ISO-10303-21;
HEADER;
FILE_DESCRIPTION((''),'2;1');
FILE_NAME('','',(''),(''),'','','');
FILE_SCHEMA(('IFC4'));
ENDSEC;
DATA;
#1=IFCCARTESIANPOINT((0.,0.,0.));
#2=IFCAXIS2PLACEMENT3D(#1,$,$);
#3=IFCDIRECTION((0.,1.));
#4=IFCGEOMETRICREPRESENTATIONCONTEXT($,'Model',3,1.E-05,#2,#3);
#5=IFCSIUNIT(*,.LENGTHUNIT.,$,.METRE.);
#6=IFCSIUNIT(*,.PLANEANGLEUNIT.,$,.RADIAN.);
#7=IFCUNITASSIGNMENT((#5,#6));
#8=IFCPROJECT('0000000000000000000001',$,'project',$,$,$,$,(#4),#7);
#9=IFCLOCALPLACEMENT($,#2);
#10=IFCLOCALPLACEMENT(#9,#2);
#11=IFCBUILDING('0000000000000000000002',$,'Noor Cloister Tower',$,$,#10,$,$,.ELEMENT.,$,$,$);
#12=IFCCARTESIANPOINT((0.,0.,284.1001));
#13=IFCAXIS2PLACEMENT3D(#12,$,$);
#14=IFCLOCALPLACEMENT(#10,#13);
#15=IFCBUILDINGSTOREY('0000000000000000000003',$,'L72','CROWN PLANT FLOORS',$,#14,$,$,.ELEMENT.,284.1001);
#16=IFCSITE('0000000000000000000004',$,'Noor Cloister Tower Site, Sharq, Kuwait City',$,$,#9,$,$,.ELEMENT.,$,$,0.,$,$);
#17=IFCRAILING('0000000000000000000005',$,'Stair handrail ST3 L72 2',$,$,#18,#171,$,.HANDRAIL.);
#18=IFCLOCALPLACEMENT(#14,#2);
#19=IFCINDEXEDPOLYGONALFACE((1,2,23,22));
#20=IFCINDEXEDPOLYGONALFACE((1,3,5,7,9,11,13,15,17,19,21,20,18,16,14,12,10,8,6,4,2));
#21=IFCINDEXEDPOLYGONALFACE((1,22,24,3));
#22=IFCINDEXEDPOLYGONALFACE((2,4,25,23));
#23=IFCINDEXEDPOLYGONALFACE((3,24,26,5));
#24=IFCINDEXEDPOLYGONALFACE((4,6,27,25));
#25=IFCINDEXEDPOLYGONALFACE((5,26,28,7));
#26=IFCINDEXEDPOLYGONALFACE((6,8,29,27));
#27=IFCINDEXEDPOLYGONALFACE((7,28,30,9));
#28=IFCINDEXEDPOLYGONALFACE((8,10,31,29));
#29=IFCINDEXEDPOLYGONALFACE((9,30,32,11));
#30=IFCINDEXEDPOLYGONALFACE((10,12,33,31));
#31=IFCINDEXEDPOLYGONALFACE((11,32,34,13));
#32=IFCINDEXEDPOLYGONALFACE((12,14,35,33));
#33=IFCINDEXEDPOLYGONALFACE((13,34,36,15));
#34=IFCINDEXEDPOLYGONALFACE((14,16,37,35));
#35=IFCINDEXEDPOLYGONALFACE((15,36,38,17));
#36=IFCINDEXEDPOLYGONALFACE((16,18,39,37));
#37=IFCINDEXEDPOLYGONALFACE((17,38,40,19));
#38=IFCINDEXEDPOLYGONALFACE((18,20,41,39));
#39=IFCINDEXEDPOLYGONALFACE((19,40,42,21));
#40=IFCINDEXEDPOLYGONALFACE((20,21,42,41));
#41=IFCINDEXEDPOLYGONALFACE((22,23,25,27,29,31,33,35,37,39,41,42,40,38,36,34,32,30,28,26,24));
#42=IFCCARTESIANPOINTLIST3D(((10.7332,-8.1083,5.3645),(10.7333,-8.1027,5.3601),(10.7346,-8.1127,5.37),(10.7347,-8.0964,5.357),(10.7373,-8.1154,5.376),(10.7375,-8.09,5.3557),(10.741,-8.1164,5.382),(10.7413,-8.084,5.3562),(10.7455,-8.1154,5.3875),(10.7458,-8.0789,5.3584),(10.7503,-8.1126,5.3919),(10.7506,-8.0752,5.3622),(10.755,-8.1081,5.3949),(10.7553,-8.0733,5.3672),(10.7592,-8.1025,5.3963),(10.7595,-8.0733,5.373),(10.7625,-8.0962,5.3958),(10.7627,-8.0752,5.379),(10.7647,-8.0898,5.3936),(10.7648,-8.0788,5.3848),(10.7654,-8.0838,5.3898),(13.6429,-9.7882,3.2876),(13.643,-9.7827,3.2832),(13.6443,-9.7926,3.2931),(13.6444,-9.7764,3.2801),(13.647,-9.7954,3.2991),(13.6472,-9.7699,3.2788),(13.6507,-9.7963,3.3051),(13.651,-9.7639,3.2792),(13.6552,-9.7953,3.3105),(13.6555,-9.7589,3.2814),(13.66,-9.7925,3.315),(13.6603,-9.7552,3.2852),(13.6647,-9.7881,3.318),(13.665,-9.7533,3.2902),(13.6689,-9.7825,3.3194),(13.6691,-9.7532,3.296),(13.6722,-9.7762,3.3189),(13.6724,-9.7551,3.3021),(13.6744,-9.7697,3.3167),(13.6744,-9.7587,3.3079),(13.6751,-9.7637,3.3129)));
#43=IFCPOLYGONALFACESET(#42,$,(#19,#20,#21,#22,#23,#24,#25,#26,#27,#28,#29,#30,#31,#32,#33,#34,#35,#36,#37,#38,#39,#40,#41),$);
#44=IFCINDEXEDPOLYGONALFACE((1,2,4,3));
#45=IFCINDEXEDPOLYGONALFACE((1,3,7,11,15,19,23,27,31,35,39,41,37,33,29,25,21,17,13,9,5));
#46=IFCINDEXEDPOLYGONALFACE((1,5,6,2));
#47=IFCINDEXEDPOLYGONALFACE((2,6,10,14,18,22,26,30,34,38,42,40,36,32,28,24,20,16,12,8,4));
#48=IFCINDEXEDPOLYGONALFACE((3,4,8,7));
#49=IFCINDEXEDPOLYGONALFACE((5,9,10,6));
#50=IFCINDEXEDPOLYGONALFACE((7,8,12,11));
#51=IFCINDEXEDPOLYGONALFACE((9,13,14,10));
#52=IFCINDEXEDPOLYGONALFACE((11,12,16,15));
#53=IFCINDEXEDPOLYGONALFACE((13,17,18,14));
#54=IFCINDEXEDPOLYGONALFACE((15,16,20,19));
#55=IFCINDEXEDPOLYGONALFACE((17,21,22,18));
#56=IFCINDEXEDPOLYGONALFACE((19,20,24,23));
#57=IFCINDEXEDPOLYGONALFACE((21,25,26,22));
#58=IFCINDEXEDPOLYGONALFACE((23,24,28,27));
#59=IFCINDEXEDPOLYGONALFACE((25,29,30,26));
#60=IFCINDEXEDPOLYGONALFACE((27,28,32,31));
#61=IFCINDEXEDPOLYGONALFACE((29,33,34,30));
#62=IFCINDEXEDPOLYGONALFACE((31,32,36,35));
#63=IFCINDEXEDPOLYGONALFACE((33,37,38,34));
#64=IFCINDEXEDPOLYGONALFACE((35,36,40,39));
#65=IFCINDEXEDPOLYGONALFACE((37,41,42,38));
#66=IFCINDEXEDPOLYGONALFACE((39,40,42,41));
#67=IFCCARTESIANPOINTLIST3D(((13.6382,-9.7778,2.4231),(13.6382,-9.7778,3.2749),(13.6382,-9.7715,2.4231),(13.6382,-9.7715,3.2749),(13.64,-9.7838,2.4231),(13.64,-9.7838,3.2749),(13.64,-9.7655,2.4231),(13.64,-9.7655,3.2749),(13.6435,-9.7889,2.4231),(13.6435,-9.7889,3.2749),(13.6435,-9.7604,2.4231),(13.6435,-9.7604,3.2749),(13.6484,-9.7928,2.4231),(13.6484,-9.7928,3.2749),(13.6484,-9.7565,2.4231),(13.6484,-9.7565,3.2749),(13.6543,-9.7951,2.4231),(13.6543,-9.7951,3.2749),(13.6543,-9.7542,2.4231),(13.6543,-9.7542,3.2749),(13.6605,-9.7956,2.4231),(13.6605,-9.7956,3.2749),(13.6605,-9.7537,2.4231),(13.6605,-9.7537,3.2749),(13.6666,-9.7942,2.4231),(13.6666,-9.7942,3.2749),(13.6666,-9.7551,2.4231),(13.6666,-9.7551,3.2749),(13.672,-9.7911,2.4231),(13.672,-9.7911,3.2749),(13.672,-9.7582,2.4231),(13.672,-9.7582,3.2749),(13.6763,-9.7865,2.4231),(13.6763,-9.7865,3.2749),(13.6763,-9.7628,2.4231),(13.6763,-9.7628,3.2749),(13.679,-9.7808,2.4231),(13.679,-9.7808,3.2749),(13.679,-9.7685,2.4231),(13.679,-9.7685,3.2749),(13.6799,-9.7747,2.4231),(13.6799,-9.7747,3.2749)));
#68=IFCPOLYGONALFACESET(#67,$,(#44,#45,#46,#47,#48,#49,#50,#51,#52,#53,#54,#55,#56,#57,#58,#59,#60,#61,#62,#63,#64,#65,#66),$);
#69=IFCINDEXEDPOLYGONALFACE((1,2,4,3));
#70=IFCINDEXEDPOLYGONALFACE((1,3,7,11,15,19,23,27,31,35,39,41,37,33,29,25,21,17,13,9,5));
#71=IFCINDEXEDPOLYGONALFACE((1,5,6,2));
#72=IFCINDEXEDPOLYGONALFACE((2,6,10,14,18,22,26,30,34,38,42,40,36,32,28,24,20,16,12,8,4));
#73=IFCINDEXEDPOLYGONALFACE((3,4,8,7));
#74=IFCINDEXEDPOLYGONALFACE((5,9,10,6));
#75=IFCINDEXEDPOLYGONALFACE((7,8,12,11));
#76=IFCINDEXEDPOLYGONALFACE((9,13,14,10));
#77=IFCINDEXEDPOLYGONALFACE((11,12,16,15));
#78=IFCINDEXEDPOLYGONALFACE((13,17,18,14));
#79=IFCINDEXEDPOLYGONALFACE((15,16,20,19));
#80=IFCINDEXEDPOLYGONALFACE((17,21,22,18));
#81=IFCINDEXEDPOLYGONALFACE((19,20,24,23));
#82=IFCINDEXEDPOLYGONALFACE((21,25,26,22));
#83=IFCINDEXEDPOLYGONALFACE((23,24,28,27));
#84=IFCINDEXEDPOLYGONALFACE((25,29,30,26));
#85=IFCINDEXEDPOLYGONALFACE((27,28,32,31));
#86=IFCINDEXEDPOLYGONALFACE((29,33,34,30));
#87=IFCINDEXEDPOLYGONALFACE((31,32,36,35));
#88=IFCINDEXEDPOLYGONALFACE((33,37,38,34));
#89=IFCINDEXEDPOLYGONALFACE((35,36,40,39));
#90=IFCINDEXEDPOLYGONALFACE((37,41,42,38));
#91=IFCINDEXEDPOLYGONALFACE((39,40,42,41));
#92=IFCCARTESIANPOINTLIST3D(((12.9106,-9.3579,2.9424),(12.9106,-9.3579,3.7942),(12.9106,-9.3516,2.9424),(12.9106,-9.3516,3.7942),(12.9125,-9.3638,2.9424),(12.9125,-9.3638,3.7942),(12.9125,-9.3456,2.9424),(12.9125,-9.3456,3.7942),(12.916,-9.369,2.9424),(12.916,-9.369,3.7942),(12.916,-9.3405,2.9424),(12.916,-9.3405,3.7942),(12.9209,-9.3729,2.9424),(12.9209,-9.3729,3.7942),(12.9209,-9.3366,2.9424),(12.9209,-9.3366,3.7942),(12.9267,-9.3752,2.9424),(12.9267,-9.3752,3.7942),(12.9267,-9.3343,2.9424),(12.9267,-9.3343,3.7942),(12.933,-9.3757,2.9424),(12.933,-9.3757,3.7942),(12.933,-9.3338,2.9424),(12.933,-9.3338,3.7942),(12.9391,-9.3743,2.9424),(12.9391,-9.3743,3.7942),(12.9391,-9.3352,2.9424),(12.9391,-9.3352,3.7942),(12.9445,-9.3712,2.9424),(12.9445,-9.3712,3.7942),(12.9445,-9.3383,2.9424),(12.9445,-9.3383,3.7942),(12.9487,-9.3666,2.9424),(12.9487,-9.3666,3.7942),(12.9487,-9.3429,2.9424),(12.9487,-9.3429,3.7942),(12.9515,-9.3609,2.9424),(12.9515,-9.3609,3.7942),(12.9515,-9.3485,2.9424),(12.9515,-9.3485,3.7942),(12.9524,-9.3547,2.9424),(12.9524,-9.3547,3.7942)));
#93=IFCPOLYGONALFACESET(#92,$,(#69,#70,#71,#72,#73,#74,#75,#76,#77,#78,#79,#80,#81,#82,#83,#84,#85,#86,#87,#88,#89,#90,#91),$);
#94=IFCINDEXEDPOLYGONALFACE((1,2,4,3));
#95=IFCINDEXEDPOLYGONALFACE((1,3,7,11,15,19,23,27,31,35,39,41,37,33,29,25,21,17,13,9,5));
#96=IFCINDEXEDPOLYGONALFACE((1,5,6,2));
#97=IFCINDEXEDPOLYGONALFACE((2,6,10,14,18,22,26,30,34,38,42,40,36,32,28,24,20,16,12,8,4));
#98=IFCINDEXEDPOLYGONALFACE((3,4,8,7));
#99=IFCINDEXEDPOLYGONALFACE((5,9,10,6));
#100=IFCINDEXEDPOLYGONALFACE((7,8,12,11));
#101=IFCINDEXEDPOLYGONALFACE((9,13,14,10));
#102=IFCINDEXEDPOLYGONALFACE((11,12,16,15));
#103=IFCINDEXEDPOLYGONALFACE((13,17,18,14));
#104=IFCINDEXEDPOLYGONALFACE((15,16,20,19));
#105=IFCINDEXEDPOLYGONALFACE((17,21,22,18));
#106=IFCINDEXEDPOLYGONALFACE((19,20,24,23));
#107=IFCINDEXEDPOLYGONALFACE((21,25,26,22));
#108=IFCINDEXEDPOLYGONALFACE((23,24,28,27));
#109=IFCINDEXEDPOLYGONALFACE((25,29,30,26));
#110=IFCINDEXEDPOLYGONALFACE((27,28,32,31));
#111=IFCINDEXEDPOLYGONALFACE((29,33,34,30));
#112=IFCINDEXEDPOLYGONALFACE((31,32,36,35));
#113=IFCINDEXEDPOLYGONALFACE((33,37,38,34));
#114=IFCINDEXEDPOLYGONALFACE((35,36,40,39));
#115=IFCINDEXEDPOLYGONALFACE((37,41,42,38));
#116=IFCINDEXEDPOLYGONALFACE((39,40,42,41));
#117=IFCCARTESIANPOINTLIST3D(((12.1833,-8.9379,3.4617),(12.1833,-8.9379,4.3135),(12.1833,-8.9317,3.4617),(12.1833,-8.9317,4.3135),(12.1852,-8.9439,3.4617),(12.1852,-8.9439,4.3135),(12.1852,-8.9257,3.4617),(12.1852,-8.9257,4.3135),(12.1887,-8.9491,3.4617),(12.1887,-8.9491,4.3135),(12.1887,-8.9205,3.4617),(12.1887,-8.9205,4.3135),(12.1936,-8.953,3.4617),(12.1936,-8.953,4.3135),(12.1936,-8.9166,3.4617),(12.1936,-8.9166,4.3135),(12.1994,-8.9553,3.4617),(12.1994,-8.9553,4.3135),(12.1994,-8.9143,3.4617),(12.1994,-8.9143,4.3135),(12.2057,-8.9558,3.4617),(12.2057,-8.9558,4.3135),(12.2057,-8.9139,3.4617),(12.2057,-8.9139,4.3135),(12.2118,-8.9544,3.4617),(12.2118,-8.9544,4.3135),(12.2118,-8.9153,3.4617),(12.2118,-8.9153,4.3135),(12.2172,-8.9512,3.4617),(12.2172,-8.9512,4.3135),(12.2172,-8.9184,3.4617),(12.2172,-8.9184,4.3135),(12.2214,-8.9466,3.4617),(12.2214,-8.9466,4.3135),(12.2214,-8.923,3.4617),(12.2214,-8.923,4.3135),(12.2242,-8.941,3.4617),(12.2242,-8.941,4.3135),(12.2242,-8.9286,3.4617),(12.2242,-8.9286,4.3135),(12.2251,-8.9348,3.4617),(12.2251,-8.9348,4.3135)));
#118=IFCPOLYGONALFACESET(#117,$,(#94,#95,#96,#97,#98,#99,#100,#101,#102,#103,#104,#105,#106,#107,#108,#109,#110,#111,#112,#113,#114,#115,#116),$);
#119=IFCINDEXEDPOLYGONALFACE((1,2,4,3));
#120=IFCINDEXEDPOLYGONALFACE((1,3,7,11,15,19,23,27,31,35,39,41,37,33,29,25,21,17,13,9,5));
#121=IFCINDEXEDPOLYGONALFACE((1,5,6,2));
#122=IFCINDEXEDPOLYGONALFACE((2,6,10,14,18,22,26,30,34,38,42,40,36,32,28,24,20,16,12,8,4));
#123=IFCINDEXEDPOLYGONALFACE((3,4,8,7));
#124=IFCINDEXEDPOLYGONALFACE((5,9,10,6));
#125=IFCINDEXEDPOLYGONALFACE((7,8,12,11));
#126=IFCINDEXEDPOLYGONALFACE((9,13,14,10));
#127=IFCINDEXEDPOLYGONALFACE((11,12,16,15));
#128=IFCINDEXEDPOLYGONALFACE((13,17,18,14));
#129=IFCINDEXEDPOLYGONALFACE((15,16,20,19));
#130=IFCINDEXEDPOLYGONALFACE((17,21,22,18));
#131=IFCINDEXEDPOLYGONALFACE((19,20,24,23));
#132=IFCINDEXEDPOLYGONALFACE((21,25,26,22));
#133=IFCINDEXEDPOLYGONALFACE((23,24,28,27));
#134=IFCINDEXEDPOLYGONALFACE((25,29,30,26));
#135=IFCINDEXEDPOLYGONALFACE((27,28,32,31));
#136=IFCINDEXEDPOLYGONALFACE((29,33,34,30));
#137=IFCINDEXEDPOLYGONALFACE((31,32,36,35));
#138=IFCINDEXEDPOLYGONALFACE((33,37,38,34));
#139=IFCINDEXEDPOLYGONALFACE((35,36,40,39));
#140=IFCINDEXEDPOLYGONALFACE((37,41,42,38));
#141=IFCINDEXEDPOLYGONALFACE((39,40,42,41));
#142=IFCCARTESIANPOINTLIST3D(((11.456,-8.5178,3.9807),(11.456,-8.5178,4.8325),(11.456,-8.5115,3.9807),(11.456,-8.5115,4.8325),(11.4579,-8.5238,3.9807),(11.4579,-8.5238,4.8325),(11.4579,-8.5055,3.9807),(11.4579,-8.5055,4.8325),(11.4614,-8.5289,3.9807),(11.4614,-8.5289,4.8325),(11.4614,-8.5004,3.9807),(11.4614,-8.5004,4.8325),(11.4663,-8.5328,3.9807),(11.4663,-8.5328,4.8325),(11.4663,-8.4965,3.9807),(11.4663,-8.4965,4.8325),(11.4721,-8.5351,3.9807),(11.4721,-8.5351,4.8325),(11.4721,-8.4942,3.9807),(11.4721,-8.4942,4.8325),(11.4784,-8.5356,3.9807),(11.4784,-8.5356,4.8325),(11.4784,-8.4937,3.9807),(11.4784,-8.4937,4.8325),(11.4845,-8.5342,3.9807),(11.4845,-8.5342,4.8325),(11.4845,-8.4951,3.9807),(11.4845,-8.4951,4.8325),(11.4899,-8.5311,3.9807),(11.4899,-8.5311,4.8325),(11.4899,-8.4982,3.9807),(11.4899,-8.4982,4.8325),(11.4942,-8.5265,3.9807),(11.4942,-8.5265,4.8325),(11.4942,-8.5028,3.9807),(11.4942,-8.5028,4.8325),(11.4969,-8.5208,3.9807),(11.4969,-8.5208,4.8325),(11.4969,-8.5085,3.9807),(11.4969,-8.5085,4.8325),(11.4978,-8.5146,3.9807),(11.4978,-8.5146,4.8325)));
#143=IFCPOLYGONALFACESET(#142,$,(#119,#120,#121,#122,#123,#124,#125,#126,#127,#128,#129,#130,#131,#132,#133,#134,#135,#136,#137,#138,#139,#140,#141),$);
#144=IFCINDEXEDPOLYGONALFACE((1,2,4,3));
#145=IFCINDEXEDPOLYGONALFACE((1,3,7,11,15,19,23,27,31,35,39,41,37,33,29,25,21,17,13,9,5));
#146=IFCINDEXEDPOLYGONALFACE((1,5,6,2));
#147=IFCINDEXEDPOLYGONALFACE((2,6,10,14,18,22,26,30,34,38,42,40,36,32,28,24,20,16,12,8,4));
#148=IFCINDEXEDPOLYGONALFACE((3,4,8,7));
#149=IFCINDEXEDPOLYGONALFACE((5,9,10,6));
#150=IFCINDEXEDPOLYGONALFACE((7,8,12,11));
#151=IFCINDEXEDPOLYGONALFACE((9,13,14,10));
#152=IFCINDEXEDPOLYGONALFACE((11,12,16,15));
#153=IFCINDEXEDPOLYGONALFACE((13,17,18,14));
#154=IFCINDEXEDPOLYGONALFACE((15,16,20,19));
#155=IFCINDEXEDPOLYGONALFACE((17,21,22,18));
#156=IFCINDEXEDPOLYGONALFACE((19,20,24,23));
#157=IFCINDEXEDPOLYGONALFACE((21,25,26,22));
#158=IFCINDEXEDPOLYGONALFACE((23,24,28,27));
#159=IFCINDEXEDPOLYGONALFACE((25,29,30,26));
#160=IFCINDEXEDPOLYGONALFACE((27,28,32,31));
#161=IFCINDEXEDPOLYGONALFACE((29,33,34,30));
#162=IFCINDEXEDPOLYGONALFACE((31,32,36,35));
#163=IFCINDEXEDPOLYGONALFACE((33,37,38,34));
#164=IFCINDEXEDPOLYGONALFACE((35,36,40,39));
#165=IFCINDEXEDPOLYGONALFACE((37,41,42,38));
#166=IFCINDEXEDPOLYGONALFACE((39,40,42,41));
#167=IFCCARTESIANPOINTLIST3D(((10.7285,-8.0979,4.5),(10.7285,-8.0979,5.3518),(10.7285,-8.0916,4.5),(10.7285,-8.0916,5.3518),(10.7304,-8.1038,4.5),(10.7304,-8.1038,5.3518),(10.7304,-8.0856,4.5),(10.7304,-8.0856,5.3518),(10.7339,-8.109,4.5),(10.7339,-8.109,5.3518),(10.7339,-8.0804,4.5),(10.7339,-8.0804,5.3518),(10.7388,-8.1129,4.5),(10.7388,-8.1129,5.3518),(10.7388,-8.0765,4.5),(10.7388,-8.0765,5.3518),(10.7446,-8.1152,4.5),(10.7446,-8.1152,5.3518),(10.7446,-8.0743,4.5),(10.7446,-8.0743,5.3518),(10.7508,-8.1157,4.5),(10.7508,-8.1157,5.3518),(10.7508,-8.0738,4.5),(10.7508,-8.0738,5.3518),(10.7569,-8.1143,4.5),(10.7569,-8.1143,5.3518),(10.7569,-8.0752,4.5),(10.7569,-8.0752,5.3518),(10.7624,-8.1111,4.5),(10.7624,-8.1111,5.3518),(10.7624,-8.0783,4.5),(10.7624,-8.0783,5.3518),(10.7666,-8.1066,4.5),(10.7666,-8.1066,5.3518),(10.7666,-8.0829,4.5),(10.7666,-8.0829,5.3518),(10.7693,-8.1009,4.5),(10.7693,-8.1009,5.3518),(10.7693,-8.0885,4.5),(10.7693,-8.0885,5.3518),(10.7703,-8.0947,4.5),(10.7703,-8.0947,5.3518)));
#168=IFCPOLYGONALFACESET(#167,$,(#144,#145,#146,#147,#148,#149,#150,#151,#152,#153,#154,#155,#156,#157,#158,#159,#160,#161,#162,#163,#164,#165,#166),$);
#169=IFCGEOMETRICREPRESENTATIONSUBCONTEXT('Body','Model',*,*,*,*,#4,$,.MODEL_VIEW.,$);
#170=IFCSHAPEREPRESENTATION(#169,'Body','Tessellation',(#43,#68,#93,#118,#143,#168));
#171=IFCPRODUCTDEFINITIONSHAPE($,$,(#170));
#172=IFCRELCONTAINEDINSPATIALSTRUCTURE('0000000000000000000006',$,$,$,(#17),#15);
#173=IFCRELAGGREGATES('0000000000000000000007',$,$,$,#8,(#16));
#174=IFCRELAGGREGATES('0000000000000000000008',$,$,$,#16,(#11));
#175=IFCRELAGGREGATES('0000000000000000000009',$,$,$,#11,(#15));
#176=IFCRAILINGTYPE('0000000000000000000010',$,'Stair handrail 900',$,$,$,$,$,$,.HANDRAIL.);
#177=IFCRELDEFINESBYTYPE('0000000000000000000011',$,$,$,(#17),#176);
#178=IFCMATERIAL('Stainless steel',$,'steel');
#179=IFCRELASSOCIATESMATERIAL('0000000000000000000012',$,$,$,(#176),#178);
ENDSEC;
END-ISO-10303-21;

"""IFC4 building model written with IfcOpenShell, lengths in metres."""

from ifc_helpers import new_model, si_unit, direction, frame, origin, origin_2d, place, context, subcontext, project, spatial, circle, extrude, material, type_object, element, save


model = new_model("IFC4")

# Units and contexts
model_context = context("Model", 3, precision=1e-05, world=origin(), true_north=direction((0.0, 1.0)))
body_context = subcontext(model_context, "Body", "Model", "MODEL_VIEW")
ifc_project = project(units=[si_unit("LENGTHUNIT", "METRE"), si_unit("PLANEANGLEUNIT", "RADIAN")], contexts=[model_context])

# Site, building, storey
site_placement = place(None, origin())
site = spatial("IfcSite", under=ifc_project, at=site_placement, Name="Noor Cloister Tower Site, Sharq, Kuwait City", CompositionType="ELEMENT", RefElevation=0.0)
building_placement = place(site_placement, origin())
building = spatial("IfcBuilding", under=site, at=building_placement, Name="Noor Cloister Tower", CompositionType="ELEMENT")
storey_placement = place(building_placement, frame((0.0, 0.0, 284.1001)))
storey = spatial("IfcBuildingStorey", under=building, at=storey_placement, Name="L72", Description="CROWN PLANT FLOORS", CompositionType="ELEMENT", Elevation=284.1001)

# Railing
ifc_material_1 = material(Name="Stainless steel", Category="steel")
railing_type_1 = type_object("IfcRailingType", Name="Stair handrail 900", PredefinedType="HANDRAIL", material=ifc_material_1)
railing_1_placement = place(storey_placement, frame((13.6589, -9.7747, 2.4231)))
element("IfcRailing", 1, at=railing_1_placement, inside=storey, type_object=railing_type_1, Name="Stair handrail ST3 L72 2", PredefinedType="HANDRAIL", context=body_context, shape_type="SweptSolid", body=[
    extrude(circle(Radius=0.0239, at=origin_2d()), frame((0.0, 0.0, 0.876), z_axis=(-0.73664, 0.425308, 0.525809), x_axis=(-0.500008, -0.866021, 0.0)), (0.0, 0.0, 1.0), 3.95),
    extrude(circle(Radius=0.021, at=origin_2d()), origin(), (0.0, 0.0, 1.0), 0.8518),
    extrude(circle(Radius=0.021, at=origin_2d()), frame((-0.7275, 0.4199, 0.5193)), (0.0, 0.0, 1.0), 0.8518),
    extrude(circle(Radius=0.021, at=origin_2d()), frame((-1.4548, 0.8398, 1.0386)), (0.0, 0.0, 1.0), 0.8518),
    extrude(circle(Radius=0.021, at=origin_2d()), frame((-2.1821, 1.26, 1.5576)), (0.0, 0.0, 1.0), 0.8518),
    extrude(circle(Radius=0.021, at=origin_2d()), frame((-2.9097, 1.6799, 2.0769)), (0.0, 0.0, 1.0), 0.8518),
])

save(model, "model.ifc")
